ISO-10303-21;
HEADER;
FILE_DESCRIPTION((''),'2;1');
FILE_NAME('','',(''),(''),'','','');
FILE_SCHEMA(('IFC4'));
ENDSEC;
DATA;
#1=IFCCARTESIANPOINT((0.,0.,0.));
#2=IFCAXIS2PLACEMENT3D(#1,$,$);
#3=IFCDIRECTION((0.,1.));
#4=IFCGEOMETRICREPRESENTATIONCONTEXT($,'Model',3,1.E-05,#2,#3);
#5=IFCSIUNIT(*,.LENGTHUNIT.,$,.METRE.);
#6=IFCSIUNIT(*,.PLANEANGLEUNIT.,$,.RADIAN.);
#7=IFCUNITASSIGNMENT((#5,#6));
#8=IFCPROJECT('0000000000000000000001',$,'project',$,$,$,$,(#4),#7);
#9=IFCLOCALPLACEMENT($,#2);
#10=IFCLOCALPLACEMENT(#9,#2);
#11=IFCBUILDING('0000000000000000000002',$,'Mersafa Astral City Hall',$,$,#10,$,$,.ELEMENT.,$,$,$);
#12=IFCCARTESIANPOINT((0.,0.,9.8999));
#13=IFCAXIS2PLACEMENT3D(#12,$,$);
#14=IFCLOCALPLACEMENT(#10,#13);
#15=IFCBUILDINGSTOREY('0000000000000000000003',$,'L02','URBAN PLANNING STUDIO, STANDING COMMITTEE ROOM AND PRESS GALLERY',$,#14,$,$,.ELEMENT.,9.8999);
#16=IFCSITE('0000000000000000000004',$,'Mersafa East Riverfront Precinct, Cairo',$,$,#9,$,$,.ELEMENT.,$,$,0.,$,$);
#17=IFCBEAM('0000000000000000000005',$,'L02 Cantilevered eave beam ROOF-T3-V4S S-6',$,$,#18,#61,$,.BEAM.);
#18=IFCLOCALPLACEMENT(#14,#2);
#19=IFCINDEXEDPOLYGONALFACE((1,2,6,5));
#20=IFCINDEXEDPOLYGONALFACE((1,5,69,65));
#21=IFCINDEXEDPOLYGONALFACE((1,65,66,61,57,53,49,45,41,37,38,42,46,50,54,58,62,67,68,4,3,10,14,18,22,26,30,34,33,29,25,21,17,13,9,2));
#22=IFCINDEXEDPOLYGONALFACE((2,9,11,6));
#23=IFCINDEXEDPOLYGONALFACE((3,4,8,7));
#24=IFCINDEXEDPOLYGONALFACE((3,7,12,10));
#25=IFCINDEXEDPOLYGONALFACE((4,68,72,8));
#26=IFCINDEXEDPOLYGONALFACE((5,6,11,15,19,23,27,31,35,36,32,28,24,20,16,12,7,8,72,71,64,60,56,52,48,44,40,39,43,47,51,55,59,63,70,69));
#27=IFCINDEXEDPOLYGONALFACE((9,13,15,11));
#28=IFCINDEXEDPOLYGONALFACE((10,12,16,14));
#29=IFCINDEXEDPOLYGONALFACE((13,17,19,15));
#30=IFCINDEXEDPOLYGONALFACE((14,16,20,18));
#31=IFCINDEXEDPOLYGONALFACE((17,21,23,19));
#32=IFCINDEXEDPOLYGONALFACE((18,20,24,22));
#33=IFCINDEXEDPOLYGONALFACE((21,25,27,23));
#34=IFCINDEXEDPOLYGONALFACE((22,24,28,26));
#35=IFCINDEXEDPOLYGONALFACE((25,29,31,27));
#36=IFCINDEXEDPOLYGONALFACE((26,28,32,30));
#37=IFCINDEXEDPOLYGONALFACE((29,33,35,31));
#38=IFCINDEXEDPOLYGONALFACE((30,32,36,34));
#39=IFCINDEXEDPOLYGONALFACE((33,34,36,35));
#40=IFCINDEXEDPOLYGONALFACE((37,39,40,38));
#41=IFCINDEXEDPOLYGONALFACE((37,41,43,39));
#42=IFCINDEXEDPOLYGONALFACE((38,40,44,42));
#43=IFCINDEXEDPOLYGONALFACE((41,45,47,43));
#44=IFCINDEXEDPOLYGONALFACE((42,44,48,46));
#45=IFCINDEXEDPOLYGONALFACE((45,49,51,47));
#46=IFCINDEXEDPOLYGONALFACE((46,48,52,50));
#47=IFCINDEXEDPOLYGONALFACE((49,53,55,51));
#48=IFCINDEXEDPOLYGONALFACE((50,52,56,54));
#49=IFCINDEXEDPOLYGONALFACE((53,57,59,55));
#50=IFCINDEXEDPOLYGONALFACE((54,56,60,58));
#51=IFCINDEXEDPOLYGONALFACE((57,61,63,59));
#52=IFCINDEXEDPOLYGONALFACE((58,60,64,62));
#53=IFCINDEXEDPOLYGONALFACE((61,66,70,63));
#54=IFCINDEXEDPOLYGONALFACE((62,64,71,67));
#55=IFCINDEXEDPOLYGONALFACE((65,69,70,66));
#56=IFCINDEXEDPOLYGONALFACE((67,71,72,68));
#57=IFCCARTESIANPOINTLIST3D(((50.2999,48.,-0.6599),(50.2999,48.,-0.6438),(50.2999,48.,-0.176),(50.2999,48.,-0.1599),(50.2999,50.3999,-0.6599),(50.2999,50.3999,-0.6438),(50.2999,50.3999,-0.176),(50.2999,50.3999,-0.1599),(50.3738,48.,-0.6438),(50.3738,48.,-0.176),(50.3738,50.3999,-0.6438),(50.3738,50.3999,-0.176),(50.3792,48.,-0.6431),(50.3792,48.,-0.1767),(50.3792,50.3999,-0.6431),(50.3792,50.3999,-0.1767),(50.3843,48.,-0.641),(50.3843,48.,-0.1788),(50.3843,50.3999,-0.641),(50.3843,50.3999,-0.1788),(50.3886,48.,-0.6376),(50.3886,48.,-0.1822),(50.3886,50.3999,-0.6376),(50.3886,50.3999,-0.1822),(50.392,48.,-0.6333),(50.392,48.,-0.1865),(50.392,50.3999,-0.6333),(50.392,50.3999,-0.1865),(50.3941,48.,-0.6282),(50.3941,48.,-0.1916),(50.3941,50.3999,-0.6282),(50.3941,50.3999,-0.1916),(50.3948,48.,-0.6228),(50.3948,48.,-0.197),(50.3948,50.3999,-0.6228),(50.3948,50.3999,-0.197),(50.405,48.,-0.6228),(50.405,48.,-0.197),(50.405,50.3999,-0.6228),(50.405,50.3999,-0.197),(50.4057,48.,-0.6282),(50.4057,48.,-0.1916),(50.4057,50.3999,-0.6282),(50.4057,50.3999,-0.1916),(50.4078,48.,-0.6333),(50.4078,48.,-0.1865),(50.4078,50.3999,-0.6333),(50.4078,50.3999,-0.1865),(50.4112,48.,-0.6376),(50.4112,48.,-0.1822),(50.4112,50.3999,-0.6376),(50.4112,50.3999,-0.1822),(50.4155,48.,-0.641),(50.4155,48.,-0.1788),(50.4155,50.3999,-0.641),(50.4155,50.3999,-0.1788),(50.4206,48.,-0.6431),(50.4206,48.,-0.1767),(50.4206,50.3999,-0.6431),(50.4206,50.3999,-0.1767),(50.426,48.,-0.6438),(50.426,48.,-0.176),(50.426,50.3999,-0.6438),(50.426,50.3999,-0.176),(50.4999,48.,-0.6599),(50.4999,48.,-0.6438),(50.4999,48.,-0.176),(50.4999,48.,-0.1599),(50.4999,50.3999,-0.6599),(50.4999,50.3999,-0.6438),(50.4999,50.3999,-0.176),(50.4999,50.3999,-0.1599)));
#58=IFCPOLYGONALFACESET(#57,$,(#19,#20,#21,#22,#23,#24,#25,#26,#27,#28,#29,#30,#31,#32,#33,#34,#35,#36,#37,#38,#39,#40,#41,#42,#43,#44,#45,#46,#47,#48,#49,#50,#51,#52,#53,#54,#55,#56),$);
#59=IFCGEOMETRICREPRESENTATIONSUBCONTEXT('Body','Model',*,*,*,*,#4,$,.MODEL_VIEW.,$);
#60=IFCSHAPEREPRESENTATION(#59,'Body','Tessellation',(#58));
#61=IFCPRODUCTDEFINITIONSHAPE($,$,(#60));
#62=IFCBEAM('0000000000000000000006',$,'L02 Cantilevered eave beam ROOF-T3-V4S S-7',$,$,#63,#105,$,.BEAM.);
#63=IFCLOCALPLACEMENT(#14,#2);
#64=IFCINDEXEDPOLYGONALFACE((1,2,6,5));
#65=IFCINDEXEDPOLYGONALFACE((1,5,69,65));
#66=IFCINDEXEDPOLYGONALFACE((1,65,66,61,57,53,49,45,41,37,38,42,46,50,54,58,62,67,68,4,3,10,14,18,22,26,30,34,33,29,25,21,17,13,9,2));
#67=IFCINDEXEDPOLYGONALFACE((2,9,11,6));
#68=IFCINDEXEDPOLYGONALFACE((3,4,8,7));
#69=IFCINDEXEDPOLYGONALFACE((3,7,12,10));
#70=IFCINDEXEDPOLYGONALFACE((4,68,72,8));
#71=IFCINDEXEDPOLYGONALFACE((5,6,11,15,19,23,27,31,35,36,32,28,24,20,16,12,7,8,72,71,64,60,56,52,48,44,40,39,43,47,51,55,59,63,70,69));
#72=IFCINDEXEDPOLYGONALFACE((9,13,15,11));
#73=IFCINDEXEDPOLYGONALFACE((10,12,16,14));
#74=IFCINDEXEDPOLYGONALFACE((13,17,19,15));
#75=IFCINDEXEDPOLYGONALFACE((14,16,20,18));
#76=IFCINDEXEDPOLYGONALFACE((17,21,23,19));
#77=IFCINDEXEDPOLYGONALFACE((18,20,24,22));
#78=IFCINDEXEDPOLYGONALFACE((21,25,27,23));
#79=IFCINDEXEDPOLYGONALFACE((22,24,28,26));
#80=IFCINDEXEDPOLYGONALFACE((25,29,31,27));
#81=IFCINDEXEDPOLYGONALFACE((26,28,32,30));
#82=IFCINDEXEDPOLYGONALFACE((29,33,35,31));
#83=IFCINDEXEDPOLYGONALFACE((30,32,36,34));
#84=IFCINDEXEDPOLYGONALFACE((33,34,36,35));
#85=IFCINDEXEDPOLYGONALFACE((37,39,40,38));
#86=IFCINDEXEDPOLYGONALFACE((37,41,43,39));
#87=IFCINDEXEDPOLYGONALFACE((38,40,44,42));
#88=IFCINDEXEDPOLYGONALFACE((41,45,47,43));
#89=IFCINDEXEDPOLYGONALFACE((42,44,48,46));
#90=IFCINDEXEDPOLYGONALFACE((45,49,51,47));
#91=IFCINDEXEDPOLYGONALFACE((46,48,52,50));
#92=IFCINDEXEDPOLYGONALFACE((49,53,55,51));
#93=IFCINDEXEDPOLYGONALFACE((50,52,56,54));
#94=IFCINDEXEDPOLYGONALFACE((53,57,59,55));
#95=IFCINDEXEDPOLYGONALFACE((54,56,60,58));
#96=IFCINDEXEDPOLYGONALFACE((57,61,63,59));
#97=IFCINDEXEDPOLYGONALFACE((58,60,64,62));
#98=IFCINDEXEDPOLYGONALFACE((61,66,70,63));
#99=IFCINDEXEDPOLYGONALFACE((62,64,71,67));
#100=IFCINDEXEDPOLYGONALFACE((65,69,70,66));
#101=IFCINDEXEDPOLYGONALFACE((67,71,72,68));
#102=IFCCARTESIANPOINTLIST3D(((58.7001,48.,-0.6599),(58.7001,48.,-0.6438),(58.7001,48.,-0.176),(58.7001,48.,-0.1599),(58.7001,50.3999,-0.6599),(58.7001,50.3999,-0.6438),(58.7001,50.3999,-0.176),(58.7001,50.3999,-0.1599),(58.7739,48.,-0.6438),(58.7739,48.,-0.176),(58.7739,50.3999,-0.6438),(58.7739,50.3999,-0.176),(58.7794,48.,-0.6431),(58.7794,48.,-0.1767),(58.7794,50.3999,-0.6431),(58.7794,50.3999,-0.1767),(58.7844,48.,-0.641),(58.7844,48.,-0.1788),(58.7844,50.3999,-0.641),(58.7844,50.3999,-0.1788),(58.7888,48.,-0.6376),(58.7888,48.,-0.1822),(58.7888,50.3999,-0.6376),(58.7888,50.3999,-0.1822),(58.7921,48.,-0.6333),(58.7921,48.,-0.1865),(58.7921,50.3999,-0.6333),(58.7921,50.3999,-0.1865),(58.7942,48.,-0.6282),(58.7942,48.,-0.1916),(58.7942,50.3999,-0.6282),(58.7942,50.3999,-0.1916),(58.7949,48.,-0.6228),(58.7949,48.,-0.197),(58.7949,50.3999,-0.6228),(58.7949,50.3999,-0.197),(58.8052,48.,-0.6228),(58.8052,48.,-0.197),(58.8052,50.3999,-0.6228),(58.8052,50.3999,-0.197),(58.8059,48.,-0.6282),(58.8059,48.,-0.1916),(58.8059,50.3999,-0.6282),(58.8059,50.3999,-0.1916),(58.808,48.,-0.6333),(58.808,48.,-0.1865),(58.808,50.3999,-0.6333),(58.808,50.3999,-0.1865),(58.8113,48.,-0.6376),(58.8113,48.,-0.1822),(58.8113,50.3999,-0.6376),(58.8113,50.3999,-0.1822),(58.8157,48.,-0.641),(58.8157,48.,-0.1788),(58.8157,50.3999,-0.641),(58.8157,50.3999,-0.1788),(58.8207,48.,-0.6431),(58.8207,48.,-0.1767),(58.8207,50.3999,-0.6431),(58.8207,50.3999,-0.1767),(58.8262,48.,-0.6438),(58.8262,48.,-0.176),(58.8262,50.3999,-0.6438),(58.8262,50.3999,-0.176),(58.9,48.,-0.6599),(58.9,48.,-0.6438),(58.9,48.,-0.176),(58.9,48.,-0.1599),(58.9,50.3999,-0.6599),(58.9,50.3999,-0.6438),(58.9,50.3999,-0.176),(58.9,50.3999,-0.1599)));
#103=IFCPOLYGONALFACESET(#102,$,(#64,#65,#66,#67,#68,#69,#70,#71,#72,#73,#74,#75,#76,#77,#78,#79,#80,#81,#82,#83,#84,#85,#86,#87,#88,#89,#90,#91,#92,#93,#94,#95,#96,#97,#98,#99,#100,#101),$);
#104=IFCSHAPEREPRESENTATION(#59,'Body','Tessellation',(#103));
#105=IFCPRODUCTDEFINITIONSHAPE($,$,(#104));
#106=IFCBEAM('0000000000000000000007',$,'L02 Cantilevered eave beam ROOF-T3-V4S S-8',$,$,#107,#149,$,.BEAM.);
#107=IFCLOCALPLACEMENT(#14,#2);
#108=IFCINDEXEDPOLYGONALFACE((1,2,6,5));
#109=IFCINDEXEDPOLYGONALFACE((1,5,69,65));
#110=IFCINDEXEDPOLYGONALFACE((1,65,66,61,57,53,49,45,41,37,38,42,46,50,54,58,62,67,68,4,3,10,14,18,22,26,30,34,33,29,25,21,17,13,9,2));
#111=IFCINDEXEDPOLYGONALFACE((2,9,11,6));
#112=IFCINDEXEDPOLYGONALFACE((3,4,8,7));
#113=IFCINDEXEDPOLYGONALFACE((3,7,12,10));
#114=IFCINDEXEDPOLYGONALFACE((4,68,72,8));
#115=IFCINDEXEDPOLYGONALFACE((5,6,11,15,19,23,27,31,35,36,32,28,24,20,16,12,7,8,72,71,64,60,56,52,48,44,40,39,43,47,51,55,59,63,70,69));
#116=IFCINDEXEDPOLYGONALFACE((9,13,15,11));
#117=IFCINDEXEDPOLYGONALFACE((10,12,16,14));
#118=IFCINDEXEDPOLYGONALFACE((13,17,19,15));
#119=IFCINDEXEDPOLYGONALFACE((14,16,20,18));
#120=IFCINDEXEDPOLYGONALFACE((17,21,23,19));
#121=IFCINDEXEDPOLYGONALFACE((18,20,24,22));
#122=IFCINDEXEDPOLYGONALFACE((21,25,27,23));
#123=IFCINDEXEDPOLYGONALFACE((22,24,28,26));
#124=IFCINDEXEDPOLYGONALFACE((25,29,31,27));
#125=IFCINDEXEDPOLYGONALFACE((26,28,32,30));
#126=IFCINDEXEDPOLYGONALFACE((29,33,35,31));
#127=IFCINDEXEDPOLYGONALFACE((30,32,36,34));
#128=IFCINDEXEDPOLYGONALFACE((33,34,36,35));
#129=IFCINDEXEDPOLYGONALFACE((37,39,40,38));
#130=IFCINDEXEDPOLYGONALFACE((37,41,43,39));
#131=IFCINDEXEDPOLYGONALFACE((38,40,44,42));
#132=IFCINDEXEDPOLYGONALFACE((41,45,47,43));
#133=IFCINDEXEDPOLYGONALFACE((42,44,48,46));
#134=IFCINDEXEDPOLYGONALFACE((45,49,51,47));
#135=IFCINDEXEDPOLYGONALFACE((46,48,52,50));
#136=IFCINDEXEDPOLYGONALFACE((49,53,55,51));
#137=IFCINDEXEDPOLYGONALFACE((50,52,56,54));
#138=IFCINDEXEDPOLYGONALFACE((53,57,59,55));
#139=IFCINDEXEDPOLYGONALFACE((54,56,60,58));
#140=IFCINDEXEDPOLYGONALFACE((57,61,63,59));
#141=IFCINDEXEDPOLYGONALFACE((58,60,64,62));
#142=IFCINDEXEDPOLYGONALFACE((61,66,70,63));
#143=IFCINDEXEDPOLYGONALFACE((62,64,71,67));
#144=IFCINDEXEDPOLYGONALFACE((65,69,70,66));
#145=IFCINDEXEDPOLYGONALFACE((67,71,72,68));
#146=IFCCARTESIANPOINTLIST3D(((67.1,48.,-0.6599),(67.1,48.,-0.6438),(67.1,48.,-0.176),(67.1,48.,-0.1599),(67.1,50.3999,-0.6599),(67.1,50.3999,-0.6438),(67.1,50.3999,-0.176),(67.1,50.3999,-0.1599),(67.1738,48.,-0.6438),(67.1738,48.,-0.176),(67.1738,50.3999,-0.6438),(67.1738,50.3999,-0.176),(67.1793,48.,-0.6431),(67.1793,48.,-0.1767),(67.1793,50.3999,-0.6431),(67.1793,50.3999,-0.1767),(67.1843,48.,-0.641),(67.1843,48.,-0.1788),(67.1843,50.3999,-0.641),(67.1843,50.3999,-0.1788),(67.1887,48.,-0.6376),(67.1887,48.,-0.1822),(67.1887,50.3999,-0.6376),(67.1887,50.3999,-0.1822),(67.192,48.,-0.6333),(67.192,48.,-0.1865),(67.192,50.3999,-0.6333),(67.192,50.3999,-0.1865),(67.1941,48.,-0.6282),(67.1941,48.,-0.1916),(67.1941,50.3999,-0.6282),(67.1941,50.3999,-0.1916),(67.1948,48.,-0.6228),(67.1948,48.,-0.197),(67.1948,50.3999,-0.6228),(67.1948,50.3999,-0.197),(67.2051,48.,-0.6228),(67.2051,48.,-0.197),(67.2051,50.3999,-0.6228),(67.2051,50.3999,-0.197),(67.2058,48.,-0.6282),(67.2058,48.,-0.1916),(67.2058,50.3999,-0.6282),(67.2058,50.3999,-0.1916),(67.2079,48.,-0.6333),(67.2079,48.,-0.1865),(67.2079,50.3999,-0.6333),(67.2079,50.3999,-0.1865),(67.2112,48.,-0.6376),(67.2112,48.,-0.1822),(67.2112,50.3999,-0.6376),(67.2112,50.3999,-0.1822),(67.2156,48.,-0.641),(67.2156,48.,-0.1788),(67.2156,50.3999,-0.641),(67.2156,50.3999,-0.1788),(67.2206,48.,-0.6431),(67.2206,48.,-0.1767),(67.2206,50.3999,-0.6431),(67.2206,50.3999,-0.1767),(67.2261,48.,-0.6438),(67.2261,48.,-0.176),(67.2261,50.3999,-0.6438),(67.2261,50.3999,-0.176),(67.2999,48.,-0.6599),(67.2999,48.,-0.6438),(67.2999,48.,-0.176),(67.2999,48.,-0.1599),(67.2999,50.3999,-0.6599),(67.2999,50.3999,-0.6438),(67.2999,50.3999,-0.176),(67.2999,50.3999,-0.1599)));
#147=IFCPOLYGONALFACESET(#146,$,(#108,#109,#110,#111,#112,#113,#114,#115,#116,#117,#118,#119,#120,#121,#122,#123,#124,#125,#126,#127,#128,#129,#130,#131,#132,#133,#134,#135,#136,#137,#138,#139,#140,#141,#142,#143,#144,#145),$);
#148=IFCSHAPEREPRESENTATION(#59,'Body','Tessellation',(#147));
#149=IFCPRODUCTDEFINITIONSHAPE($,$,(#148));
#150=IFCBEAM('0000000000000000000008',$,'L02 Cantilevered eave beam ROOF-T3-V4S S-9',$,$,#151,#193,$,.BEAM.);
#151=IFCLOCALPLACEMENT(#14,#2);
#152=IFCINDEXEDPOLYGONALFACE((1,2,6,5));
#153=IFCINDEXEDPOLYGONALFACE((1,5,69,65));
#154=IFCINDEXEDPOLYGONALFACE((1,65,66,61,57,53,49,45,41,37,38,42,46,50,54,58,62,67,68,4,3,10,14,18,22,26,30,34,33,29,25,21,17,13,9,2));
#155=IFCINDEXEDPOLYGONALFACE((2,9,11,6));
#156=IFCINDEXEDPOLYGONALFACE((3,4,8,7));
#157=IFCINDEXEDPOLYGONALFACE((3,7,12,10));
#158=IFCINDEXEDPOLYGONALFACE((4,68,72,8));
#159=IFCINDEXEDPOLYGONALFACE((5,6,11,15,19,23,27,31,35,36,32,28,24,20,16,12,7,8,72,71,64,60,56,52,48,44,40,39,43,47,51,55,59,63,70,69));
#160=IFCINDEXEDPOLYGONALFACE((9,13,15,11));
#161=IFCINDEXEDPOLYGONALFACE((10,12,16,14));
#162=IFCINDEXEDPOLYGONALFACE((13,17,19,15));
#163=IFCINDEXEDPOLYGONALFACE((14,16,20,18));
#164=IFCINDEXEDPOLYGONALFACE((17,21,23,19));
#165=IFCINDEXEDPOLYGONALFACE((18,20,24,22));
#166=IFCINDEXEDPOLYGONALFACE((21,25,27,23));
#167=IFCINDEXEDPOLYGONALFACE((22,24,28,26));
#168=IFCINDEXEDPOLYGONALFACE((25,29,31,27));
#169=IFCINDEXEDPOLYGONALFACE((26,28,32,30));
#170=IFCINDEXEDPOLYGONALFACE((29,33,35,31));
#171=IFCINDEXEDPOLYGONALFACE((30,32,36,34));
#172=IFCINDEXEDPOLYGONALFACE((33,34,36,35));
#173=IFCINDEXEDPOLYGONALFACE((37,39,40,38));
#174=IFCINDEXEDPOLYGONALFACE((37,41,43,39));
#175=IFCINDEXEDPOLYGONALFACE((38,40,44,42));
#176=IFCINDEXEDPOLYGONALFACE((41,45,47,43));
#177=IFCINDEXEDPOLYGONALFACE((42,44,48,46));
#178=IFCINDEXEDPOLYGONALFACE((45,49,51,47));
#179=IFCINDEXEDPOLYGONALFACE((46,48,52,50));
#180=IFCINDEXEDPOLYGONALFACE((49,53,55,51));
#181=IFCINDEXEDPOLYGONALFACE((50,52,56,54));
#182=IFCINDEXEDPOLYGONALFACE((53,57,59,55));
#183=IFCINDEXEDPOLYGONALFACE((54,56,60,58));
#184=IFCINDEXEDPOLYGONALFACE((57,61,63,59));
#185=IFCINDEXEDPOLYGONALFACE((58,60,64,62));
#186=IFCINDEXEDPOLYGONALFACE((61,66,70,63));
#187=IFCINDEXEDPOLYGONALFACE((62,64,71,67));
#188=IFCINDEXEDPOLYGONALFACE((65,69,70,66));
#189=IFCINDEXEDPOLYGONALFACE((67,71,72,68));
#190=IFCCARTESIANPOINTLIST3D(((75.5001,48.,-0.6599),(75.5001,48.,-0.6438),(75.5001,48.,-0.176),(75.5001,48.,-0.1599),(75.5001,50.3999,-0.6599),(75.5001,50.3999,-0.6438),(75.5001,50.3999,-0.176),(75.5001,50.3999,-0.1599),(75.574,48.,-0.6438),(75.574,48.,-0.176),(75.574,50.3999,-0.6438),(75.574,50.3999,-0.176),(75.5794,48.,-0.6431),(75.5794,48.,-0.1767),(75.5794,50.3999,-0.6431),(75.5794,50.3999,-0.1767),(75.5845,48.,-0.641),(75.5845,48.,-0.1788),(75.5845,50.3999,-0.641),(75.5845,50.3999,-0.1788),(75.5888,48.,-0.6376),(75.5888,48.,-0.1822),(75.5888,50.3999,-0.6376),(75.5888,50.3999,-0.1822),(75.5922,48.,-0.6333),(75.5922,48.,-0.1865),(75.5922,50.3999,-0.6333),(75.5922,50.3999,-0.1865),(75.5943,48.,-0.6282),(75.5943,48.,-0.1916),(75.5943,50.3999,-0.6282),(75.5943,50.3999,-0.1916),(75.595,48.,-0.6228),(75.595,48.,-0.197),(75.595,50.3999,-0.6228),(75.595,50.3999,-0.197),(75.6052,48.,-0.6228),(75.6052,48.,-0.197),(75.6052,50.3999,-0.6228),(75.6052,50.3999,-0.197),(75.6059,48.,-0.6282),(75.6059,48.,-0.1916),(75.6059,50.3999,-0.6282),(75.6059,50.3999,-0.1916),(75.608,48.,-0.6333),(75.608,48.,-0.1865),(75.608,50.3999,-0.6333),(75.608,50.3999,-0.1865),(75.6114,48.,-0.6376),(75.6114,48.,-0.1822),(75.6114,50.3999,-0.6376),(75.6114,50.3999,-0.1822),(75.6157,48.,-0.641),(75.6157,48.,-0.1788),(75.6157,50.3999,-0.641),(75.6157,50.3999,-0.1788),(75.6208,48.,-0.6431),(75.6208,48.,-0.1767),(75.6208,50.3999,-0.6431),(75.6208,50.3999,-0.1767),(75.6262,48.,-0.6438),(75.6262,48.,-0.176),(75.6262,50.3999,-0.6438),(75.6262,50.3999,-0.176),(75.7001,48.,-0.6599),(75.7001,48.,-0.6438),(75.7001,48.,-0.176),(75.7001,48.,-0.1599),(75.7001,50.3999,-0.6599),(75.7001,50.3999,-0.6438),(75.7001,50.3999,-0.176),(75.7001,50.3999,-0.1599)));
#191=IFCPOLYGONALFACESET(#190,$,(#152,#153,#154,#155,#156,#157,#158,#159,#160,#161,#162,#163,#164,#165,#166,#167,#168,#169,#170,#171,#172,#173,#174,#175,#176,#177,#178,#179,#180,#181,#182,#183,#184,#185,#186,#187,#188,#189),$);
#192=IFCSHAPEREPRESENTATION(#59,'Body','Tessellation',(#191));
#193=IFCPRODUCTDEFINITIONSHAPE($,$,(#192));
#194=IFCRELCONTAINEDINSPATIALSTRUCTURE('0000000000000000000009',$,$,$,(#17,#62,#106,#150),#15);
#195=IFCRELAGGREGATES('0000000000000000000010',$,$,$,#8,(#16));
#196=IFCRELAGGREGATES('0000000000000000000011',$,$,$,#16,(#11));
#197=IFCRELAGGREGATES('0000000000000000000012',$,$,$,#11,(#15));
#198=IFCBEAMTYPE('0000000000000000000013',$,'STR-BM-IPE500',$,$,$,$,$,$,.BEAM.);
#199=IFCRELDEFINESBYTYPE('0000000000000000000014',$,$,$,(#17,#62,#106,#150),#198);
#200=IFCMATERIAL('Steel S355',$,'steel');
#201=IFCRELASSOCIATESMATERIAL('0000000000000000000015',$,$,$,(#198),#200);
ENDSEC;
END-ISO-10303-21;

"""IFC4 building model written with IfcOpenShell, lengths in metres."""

from ifc_helpers import new_model, si_unit, direction, frame, origin, origin_2d, place, context, subcontext, project, spatial, i_section, extrude, material, material_profile, profile_set, type_object, element, save


model = new_model("IFC4")

# Units and contexts
model_context = context("Model", 3, precision=1e-05, world=origin(), true_north=direction((0.0, 1.0)))
body_context = subcontext(model_context, "Body", "Model", "MODEL_VIEW")
ifc_project = project(units=[si_unit("LENGTHUNIT", "METRE"), si_unit("PLANEANGLEUNIT", "RADIAN")], contexts=[model_context])

# Site, building, storey
site_placement = place(None, origin())
site = spatial("IfcSite", under=ifc_project, at=site_placement, Name="Mersafa East Riverfront Precinct, Cairo", CompositionType="ELEMENT", RefElevation=0.0)
building_placement = place(site_placement, origin())
building = spatial("IfcBuilding", under=site, at=building_placement, Name="Mersafa Astral City Hall", CompositionType="ELEMENT")
storey_placement = place(building_placement, frame((0.0, 0.0, 9.8999)))
storey = spatial("IfcBuildingStorey", under=building, at=storey_placement, Name="L02", Description="URBAN PLANNING STUDIO, STANDING COMMITTEE ROOM AND PRESS GALLERY", CompositionType="ELEMENT", Elevation=9.8999)

# Beams
ifc_material_1 = material(Name="Steel S355", Category="steel")
ifc_material_profile_1 = material_profile(ifc_material_1, i_section(OverallWidth=0.2, OverallDepth=0.5, WebThickness=0.0103, FlangeThickness=0.0161, FilletRadius=0.021, at=origin_2d()), Name="IPE 500")
ifc_profile_set_1 = profile_set([ifc_material_profile_1], Name="Steel S355")
beam_type_1 = type_object("IfcBeamType", Name="STR-BM-IPE500", PredefinedType="BEAM", material=ifc_profile_set_1)
for number, where, z_axis, x_axis, name in (
    (1, (50.3999, 50.3999, -0.4099), (0.0, -1.0, 0.0), (1.0, 0.0, 0.0), "L02 Cantilevered eave beam ROOF-T3-V4S S-6"),
    (2, (58.8, 50.3999, -0.4099), (0.0, -1.0, 0.0), (1.0, 0.0, 0.0), "L02 Cantilevered eave beam ROOF-T3-V4S S-7"),
    (3, (67.2, 50.3999, -0.4099), (0.0, -1.0, 0.0), (1.0, 0.0, 0.0), "L02 Cantilevered eave beam ROOF-T3-V4S S-8"),
    (4, (75.6001, 50.3999, -0.4099), (0.0, -1.0, 0.0), (1.0, 0.0, 0.0), "L02 Cantilevered eave beam ROOF-T3-V4S S-9"),
):
    element("IfcBeam", number, at=place(storey_placement, frame(where, z_axis=z_axis, x_axis=x_axis)), inside=storey, type_object=beam_type_1, Name=name, PredefinedType="BEAM", context=body_context, shape_type="SweptSolid", body=[
        extrude(i_section(OverallWidth=0.2, OverallDepth=0.5, WebThickness=0.0103, FlangeThickness=0.0161, FilletRadius=0.021, at=origin_2d()), origin(), (0.0, 0.0, 1.0), 2.3999),
    ])

save(model, "model.ifc")
